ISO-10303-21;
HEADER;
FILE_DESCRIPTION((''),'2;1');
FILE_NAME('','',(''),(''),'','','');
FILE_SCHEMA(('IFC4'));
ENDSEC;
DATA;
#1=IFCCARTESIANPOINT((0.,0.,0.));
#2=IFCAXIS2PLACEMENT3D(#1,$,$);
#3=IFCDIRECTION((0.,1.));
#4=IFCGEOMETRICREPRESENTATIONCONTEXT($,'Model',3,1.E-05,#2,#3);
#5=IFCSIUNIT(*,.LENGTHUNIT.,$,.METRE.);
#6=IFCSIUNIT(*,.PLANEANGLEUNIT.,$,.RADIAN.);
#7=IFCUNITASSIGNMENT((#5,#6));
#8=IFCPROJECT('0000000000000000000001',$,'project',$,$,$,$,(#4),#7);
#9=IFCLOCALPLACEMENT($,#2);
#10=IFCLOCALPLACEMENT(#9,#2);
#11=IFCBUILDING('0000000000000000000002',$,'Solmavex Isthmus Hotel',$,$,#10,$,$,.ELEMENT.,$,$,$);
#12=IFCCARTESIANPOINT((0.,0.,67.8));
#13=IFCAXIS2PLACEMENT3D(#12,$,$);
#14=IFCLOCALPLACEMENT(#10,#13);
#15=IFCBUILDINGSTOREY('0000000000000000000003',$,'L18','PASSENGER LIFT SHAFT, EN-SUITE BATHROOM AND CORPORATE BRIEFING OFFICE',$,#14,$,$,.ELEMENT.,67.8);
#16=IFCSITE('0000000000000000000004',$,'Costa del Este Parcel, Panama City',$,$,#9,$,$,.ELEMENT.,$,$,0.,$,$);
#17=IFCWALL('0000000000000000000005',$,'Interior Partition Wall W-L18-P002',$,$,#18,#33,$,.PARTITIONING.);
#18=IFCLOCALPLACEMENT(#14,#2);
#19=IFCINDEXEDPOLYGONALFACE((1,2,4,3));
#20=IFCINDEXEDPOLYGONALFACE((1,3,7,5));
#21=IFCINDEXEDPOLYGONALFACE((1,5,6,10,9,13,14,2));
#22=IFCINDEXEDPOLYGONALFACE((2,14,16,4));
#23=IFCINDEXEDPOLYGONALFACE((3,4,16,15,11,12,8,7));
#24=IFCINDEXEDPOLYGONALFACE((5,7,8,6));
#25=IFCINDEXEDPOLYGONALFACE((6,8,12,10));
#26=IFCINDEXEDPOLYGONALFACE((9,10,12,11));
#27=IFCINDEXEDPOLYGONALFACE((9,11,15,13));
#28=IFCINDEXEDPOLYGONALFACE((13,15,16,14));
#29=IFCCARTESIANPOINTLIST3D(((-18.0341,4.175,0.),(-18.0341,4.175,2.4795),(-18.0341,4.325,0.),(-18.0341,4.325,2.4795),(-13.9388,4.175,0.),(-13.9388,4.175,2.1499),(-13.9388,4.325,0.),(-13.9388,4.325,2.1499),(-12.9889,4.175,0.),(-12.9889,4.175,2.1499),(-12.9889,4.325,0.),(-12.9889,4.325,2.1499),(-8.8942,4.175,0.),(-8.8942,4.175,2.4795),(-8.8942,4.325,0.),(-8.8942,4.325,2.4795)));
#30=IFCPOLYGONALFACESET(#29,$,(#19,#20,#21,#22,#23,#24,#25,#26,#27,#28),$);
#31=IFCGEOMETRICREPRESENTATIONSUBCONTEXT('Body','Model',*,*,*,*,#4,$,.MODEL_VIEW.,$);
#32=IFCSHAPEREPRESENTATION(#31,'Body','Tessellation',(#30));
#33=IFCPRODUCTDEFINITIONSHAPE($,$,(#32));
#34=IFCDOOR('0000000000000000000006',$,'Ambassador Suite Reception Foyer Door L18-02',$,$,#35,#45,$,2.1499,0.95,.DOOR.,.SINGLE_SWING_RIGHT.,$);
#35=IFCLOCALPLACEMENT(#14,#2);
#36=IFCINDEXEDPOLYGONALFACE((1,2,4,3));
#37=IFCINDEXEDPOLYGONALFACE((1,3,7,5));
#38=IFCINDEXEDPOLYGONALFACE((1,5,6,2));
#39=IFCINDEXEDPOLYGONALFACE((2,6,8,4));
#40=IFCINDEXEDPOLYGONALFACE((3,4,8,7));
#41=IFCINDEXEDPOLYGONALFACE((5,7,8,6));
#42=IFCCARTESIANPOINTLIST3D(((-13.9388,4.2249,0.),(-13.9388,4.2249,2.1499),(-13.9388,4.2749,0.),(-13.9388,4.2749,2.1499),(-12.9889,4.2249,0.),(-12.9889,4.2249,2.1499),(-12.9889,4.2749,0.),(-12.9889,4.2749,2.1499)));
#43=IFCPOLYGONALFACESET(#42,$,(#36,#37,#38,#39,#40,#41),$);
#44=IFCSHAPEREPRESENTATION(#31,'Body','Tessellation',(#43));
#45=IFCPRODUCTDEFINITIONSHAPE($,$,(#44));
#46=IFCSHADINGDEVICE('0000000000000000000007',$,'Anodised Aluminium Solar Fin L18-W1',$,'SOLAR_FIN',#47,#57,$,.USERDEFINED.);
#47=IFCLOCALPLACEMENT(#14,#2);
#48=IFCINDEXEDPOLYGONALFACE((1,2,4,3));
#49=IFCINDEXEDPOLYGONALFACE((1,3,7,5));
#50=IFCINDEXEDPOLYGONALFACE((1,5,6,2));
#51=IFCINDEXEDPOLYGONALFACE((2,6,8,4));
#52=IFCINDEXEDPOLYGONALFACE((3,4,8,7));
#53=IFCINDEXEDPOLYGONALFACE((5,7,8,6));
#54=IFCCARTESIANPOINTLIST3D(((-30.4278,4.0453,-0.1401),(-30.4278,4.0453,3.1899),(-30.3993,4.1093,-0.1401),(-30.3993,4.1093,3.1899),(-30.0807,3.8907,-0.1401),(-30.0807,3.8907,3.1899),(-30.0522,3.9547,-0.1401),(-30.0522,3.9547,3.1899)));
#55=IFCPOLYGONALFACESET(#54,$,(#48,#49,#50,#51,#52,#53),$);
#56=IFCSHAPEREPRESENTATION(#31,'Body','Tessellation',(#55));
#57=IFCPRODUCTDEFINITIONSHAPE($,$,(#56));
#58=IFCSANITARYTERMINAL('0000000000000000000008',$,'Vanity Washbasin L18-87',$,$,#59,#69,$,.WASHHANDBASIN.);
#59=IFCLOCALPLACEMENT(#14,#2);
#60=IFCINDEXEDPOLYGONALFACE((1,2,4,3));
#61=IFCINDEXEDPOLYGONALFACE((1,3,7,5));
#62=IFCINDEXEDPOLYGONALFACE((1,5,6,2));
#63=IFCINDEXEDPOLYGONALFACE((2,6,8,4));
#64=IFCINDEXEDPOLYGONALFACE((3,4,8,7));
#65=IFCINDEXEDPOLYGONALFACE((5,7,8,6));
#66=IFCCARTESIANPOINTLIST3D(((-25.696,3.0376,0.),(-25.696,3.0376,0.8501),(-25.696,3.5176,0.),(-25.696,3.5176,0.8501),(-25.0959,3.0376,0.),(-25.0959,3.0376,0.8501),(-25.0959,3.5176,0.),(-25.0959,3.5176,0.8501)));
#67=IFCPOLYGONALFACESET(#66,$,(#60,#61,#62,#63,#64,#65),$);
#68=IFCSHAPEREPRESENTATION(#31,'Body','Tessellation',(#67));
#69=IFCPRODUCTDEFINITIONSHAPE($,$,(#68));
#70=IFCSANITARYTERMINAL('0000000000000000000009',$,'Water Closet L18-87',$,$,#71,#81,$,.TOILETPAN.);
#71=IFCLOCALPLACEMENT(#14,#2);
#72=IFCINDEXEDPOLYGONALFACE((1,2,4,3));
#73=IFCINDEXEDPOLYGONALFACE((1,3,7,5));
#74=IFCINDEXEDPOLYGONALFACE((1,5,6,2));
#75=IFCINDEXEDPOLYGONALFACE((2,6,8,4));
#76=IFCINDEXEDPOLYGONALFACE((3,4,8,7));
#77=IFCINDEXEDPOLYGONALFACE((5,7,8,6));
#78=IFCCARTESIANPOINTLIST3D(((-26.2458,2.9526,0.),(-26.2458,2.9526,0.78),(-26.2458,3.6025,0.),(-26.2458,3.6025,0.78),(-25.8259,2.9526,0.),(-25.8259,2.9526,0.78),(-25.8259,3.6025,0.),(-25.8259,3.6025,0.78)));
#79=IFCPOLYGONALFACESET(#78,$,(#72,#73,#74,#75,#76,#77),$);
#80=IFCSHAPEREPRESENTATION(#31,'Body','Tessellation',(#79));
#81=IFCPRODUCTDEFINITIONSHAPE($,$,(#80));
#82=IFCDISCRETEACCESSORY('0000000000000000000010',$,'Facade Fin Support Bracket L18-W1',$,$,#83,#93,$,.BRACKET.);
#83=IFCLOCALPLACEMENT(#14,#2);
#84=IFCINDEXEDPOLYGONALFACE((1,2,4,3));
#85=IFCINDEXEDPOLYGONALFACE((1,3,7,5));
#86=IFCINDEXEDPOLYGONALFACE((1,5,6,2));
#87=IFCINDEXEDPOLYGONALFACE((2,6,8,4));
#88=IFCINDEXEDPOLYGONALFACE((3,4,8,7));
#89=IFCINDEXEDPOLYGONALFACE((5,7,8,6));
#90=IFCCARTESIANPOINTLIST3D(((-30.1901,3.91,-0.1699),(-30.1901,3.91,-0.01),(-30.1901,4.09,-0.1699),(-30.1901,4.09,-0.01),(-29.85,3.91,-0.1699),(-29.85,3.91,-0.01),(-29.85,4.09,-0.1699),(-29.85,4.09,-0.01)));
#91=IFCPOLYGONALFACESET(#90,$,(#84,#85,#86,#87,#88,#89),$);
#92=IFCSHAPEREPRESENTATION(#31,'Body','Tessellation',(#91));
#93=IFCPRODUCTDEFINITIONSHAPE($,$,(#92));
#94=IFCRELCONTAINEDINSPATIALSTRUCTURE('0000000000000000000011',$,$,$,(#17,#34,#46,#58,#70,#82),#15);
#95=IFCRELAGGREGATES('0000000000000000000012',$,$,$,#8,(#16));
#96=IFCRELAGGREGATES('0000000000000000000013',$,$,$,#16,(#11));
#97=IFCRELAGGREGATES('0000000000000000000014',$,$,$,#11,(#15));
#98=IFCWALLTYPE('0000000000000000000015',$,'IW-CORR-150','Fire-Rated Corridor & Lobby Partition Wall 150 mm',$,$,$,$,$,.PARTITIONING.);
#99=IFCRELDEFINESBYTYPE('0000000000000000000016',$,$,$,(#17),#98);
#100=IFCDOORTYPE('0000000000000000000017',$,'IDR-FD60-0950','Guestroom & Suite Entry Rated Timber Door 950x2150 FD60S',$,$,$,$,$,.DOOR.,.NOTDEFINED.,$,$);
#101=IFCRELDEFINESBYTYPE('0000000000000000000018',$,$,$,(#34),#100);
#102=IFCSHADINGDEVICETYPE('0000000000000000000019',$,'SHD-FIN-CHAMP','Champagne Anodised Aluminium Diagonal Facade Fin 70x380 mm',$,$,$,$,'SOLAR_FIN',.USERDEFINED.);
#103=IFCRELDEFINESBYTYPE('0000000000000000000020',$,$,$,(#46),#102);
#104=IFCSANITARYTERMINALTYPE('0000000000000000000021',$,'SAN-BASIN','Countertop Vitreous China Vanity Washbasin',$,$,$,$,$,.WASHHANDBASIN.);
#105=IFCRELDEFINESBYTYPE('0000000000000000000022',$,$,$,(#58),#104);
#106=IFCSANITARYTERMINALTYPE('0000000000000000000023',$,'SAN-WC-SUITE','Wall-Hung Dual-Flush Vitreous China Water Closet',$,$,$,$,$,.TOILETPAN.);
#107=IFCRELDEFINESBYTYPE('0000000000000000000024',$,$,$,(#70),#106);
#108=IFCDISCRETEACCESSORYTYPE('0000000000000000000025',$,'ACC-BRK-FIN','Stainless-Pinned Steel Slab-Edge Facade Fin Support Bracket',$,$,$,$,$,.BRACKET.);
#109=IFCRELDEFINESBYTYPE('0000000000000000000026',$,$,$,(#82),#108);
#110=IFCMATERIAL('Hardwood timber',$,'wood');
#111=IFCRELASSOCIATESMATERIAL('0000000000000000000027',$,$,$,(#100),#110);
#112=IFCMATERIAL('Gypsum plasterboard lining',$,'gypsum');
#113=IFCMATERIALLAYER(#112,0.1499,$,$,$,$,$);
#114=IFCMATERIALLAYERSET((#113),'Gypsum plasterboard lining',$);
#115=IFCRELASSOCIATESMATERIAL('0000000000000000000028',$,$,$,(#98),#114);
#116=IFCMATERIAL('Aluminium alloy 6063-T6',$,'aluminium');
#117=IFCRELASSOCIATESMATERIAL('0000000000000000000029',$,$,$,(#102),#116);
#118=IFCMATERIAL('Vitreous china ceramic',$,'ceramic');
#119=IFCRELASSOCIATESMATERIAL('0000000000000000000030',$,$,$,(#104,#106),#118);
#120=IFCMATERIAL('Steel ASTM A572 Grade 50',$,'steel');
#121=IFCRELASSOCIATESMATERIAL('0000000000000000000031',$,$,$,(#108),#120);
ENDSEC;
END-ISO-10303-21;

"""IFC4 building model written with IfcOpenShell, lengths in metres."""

from ifc_helpers import new_model, si_unit, direction, frame, frame_2d, origin, origin_2d, place, context, subcontext, project, spatial, rectangle, extrude, material, layer, layer_set, type_object, element, fill, save


model = new_model("IFC4")

# Units and contexts
model_context = context("Model", 3, precision=1e-05, world=origin(), true_north=direction((0.0, 1.0)))
body_context = subcontext(model_context, "Body", "Model", "MODEL_VIEW")
ifc_project = project(units=[si_unit("LENGTHUNIT", "METRE"), si_unit("PLANEANGLEUNIT", "RADIAN")], contexts=[model_context])

# Site, building, storey
site_placement = place(None, origin())
site = spatial("IfcSite", under=ifc_project, at=site_placement, Name="Costa del Este Parcel, Panama City", CompositionType="ELEMENT", RefElevation=0.0)
building_placement = place(site_placement, origin())
building = spatial("IfcBuilding", under=site, at=building_placement, Name="Solmavex Isthmus Hotel", CompositionType="ELEMENT")
storey_placement = place(building_placement, frame((0.0, 0.0, 67.8)))
storey = spatial("IfcBuildingStorey", under=building, at=storey_placement, Name="L18", Description="PASSENGER LIFT SHAFT, EN-SUITE BATHROOM AND CORPORATE BRIEFING OFFICE", CompositionType="ELEMENT", Elevation=67.8)

# Shared definitions
ifc_material_1 = material(Name="Aluminium alloy 6063-T6", Category="aluminium")

# Shared definitions
ifc_material_2 = material(Name="Gypsum plasterboard lining", Category="gypsum")

# Wall, opening, door
ifc_material_3 = material(Name="Hardwood timber", Category="wood")
door_type = type_object("IfcDoorType", Name="IDR-FD60-0950", Description="Guestroom & Suite Entry Rated Timber Door 950x2150 FD60S", OperationType="NOTDEFINED", PredefinedType="DOOR", material=ifc_material_3)
ifc_layer_1 = layer(ifc_material_2, 0.1499)
ifc_layer_set_1 = layer_set([ifc_layer_1], Name="Gypsum plasterboard lining")
wall_type_1 = type_object("IfcWallType", Name="IW-CORR-150", Description="Fire-Rated Corridor & Lobby Partition Wall 150 mm", PredefinedType="PARTITIONING", material=ifc_layer_set_1)
wall_1_placement = place(storey_placement, frame((-18.0339, 4.25, 0.0), z_axis=(0.0, 0.0, 1.0), x_axis=(1.0, 0.0, 0.0)))
wall_1 = element("IfcWall", 1, at=wall_1_placement, inside=storey, type_object=wall_type_1, Name="Interior Partition Wall W-L18-P002", PredefinedType="PARTITIONING", context=body_context, shape_type="SweptSolid", body=[
    extrude(rectangle(XDim=9.1399, YDim=0.1499, at=frame_2d((4.5698, 0.0))), origin(), (0.0, 0.0, 1.0), 2.4795),
])
opening_1_placement = place(wall_1_placement, frame((4.095, 0.0, 0.0)))
opening_1 = element("IfcOpeningElement", 2, at=opening_1_placement, cuts=wall_1, PredefinedType="OPENING", context=body_context, shape_type="SweptSolid", body=[
    extrude(rectangle(XDim=0.95, YDim=2.1499, at=frame_2d((0.4751, 1.075))), frame((0.0, 0.085, 0.0), z_axis=(0.0, -1.0, 0.0), x_axis=(1.0, 0.0, 0.0)), (0.0, 0.0, 1.0), 0.1699),
])
door_1_placement = place(opening_1_placement, origin())
door_1 = element("IfcDoor", 3, at=door_1_placement, inside=storey, type_object=door_type, Name="Ambassador Suite Reception Foyer Door L18-02", OperationType="SINGLE_SWING_RIGHT", OverallHeight=2.1499, OverallWidth=0.95, PredefinedType="DOOR", context=body_context, shape_type="SweptSolid", body=[
    extrude(rectangle(XDim=0.95, YDim=2.1499, at=frame_2d((0.4751, 1.075))), frame((0.0, 0.0249, 0.0), z_axis=(0.0, -1.0, 0.0), x_axis=(1.0, 0.0, 0.0)), (0.0, 0.0, 1.0), 0.05),
])
fill(opening_1, door_1)

# Shading device
shading_device_type = type_object("IfcShadingDeviceType", Name="SHD-FIN-CHAMP", Description="Champagne Anodised Aluminium Diagonal Facade Fin 70x380 mm", ElementType="SOLAR_FIN", PredefinedType="USERDEFINED", material=ifc_material_1)
shading_device_placement = place(storey_placement, frame((-30.24, 4.0, -0.1401), z_axis=(0.0, 0.0, 1.0), x_axis=(-0.913545, 0.406737, 0.0)))
element("IfcShadingDevice", 4, at=shading_device_placement, inside=storey, type_object=shading_device_type, Name="Anodised Aluminium Solar Fin L18-W1", ObjectType="SOLAR_FIN", PredefinedType="USERDEFINED", context=body_context, shape_type="SweptSolid", body=[
    extrude(rectangle(XDim=0.3799, YDim=0.0701, at=origin_2d()), origin(), (0.0, 0.0, 1.0), 3.3301),
])

# Sanitary terminals
ifc_material_4 = material(Name="Vitreous china ceramic", Category="ceramic")
sanitary_terminal_type_1 = type_object("IfcSanitaryTerminalType", Name="SAN-BASIN", Description="Countertop Vitreous China Vanity Washbasin", PredefinedType="WASHHANDBASIN", material=ifc_material_4)
sanitary_terminal_1_placement = place(storey_placement, frame((-25.396, 3.2776, 0.0), z_axis=(0.0, 0.0, 1.0), x_axis=(1.0, 0.0, 0.0)))
element("IfcSanitaryTerminal", 5, at=sanitary_terminal_1_placement, inside=storey, type_object=sanitary_terminal_type_1, Name="Vanity Washbasin L18-87", PredefinedType="WASHHANDBASIN", context=body_context, shape_type="SweptSolid", body=[
    extrude(rectangle(XDim=0.6001, YDim=0.48, at=origin_2d()), origin(), (0.0, 0.0, 1.0), 0.8501),
])
sanitary_terminal_type_2 = type_object("IfcSanitaryTerminalType", Name="SAN-WC-SUITE", Description="Wall-Hung Dual-Flush Vitreous China Water Closet", PredefinedType="TOILETPAN", material=ifc_material_4)
sanitary_terminal_2_placement = place(storey_placement, frame((-26.0359, 3.2776, 0.0), z_axis=(0.0, 0.0, 1.0), x_axis=(1.0, 0.0, 0.0)))
element("IfcSanitaryTerminal", 6, at=sanitary_terminal_2_placement, inside=storey, type_object=sanitary_terminal_type_2, Name="Water Closet L18-87", PredefinedType="TOILETPAN", context=body_context, shape_type="SweptSolid", body=[
    extrude(rectangle(XDim=0.4199, YDim=0.6499, at=origin_2d()), origin(), (0.0, 0.0, 1.0), 0.78),
])

# Discrete accessory
ifc_material_5 = material(Name="Steel ASTM A572 Grade 50", Category="steel")
discrete_accessory_type = type_object("IfcDiscreteAccessoryType", Name="ACC-BRK-FIN", Description="Stainless-Pinned Steel Slab-Edge Facade Fin Support Bracket", PredefinedType="BRACKET", material=ifc_material_5)
discrete_accessory_placement = place(storey_placement, frame((-30.02, 4.0, -0.1699), z_axis=(0.0, 0.0, 1.0), x_axis=(-1.0, 0.0, 0.0)))
element("IfcDiscreteAccessory", 7, at=discrete_accessory_placement, inside=storey, type_object=discrete_accessory_type, Name="Facade Fin Support Bracket L18-W1", PredefinedType="BRACKET", context=body_context, shape_type="SweptSolid", body=[
    extrude(rectangle(XDim=0.3401, YDim=0.1799, at=origin_2d()), origin(), (0.0, 0.0, 1.0), 0.1599),
])

save(model, "model.ifc")
